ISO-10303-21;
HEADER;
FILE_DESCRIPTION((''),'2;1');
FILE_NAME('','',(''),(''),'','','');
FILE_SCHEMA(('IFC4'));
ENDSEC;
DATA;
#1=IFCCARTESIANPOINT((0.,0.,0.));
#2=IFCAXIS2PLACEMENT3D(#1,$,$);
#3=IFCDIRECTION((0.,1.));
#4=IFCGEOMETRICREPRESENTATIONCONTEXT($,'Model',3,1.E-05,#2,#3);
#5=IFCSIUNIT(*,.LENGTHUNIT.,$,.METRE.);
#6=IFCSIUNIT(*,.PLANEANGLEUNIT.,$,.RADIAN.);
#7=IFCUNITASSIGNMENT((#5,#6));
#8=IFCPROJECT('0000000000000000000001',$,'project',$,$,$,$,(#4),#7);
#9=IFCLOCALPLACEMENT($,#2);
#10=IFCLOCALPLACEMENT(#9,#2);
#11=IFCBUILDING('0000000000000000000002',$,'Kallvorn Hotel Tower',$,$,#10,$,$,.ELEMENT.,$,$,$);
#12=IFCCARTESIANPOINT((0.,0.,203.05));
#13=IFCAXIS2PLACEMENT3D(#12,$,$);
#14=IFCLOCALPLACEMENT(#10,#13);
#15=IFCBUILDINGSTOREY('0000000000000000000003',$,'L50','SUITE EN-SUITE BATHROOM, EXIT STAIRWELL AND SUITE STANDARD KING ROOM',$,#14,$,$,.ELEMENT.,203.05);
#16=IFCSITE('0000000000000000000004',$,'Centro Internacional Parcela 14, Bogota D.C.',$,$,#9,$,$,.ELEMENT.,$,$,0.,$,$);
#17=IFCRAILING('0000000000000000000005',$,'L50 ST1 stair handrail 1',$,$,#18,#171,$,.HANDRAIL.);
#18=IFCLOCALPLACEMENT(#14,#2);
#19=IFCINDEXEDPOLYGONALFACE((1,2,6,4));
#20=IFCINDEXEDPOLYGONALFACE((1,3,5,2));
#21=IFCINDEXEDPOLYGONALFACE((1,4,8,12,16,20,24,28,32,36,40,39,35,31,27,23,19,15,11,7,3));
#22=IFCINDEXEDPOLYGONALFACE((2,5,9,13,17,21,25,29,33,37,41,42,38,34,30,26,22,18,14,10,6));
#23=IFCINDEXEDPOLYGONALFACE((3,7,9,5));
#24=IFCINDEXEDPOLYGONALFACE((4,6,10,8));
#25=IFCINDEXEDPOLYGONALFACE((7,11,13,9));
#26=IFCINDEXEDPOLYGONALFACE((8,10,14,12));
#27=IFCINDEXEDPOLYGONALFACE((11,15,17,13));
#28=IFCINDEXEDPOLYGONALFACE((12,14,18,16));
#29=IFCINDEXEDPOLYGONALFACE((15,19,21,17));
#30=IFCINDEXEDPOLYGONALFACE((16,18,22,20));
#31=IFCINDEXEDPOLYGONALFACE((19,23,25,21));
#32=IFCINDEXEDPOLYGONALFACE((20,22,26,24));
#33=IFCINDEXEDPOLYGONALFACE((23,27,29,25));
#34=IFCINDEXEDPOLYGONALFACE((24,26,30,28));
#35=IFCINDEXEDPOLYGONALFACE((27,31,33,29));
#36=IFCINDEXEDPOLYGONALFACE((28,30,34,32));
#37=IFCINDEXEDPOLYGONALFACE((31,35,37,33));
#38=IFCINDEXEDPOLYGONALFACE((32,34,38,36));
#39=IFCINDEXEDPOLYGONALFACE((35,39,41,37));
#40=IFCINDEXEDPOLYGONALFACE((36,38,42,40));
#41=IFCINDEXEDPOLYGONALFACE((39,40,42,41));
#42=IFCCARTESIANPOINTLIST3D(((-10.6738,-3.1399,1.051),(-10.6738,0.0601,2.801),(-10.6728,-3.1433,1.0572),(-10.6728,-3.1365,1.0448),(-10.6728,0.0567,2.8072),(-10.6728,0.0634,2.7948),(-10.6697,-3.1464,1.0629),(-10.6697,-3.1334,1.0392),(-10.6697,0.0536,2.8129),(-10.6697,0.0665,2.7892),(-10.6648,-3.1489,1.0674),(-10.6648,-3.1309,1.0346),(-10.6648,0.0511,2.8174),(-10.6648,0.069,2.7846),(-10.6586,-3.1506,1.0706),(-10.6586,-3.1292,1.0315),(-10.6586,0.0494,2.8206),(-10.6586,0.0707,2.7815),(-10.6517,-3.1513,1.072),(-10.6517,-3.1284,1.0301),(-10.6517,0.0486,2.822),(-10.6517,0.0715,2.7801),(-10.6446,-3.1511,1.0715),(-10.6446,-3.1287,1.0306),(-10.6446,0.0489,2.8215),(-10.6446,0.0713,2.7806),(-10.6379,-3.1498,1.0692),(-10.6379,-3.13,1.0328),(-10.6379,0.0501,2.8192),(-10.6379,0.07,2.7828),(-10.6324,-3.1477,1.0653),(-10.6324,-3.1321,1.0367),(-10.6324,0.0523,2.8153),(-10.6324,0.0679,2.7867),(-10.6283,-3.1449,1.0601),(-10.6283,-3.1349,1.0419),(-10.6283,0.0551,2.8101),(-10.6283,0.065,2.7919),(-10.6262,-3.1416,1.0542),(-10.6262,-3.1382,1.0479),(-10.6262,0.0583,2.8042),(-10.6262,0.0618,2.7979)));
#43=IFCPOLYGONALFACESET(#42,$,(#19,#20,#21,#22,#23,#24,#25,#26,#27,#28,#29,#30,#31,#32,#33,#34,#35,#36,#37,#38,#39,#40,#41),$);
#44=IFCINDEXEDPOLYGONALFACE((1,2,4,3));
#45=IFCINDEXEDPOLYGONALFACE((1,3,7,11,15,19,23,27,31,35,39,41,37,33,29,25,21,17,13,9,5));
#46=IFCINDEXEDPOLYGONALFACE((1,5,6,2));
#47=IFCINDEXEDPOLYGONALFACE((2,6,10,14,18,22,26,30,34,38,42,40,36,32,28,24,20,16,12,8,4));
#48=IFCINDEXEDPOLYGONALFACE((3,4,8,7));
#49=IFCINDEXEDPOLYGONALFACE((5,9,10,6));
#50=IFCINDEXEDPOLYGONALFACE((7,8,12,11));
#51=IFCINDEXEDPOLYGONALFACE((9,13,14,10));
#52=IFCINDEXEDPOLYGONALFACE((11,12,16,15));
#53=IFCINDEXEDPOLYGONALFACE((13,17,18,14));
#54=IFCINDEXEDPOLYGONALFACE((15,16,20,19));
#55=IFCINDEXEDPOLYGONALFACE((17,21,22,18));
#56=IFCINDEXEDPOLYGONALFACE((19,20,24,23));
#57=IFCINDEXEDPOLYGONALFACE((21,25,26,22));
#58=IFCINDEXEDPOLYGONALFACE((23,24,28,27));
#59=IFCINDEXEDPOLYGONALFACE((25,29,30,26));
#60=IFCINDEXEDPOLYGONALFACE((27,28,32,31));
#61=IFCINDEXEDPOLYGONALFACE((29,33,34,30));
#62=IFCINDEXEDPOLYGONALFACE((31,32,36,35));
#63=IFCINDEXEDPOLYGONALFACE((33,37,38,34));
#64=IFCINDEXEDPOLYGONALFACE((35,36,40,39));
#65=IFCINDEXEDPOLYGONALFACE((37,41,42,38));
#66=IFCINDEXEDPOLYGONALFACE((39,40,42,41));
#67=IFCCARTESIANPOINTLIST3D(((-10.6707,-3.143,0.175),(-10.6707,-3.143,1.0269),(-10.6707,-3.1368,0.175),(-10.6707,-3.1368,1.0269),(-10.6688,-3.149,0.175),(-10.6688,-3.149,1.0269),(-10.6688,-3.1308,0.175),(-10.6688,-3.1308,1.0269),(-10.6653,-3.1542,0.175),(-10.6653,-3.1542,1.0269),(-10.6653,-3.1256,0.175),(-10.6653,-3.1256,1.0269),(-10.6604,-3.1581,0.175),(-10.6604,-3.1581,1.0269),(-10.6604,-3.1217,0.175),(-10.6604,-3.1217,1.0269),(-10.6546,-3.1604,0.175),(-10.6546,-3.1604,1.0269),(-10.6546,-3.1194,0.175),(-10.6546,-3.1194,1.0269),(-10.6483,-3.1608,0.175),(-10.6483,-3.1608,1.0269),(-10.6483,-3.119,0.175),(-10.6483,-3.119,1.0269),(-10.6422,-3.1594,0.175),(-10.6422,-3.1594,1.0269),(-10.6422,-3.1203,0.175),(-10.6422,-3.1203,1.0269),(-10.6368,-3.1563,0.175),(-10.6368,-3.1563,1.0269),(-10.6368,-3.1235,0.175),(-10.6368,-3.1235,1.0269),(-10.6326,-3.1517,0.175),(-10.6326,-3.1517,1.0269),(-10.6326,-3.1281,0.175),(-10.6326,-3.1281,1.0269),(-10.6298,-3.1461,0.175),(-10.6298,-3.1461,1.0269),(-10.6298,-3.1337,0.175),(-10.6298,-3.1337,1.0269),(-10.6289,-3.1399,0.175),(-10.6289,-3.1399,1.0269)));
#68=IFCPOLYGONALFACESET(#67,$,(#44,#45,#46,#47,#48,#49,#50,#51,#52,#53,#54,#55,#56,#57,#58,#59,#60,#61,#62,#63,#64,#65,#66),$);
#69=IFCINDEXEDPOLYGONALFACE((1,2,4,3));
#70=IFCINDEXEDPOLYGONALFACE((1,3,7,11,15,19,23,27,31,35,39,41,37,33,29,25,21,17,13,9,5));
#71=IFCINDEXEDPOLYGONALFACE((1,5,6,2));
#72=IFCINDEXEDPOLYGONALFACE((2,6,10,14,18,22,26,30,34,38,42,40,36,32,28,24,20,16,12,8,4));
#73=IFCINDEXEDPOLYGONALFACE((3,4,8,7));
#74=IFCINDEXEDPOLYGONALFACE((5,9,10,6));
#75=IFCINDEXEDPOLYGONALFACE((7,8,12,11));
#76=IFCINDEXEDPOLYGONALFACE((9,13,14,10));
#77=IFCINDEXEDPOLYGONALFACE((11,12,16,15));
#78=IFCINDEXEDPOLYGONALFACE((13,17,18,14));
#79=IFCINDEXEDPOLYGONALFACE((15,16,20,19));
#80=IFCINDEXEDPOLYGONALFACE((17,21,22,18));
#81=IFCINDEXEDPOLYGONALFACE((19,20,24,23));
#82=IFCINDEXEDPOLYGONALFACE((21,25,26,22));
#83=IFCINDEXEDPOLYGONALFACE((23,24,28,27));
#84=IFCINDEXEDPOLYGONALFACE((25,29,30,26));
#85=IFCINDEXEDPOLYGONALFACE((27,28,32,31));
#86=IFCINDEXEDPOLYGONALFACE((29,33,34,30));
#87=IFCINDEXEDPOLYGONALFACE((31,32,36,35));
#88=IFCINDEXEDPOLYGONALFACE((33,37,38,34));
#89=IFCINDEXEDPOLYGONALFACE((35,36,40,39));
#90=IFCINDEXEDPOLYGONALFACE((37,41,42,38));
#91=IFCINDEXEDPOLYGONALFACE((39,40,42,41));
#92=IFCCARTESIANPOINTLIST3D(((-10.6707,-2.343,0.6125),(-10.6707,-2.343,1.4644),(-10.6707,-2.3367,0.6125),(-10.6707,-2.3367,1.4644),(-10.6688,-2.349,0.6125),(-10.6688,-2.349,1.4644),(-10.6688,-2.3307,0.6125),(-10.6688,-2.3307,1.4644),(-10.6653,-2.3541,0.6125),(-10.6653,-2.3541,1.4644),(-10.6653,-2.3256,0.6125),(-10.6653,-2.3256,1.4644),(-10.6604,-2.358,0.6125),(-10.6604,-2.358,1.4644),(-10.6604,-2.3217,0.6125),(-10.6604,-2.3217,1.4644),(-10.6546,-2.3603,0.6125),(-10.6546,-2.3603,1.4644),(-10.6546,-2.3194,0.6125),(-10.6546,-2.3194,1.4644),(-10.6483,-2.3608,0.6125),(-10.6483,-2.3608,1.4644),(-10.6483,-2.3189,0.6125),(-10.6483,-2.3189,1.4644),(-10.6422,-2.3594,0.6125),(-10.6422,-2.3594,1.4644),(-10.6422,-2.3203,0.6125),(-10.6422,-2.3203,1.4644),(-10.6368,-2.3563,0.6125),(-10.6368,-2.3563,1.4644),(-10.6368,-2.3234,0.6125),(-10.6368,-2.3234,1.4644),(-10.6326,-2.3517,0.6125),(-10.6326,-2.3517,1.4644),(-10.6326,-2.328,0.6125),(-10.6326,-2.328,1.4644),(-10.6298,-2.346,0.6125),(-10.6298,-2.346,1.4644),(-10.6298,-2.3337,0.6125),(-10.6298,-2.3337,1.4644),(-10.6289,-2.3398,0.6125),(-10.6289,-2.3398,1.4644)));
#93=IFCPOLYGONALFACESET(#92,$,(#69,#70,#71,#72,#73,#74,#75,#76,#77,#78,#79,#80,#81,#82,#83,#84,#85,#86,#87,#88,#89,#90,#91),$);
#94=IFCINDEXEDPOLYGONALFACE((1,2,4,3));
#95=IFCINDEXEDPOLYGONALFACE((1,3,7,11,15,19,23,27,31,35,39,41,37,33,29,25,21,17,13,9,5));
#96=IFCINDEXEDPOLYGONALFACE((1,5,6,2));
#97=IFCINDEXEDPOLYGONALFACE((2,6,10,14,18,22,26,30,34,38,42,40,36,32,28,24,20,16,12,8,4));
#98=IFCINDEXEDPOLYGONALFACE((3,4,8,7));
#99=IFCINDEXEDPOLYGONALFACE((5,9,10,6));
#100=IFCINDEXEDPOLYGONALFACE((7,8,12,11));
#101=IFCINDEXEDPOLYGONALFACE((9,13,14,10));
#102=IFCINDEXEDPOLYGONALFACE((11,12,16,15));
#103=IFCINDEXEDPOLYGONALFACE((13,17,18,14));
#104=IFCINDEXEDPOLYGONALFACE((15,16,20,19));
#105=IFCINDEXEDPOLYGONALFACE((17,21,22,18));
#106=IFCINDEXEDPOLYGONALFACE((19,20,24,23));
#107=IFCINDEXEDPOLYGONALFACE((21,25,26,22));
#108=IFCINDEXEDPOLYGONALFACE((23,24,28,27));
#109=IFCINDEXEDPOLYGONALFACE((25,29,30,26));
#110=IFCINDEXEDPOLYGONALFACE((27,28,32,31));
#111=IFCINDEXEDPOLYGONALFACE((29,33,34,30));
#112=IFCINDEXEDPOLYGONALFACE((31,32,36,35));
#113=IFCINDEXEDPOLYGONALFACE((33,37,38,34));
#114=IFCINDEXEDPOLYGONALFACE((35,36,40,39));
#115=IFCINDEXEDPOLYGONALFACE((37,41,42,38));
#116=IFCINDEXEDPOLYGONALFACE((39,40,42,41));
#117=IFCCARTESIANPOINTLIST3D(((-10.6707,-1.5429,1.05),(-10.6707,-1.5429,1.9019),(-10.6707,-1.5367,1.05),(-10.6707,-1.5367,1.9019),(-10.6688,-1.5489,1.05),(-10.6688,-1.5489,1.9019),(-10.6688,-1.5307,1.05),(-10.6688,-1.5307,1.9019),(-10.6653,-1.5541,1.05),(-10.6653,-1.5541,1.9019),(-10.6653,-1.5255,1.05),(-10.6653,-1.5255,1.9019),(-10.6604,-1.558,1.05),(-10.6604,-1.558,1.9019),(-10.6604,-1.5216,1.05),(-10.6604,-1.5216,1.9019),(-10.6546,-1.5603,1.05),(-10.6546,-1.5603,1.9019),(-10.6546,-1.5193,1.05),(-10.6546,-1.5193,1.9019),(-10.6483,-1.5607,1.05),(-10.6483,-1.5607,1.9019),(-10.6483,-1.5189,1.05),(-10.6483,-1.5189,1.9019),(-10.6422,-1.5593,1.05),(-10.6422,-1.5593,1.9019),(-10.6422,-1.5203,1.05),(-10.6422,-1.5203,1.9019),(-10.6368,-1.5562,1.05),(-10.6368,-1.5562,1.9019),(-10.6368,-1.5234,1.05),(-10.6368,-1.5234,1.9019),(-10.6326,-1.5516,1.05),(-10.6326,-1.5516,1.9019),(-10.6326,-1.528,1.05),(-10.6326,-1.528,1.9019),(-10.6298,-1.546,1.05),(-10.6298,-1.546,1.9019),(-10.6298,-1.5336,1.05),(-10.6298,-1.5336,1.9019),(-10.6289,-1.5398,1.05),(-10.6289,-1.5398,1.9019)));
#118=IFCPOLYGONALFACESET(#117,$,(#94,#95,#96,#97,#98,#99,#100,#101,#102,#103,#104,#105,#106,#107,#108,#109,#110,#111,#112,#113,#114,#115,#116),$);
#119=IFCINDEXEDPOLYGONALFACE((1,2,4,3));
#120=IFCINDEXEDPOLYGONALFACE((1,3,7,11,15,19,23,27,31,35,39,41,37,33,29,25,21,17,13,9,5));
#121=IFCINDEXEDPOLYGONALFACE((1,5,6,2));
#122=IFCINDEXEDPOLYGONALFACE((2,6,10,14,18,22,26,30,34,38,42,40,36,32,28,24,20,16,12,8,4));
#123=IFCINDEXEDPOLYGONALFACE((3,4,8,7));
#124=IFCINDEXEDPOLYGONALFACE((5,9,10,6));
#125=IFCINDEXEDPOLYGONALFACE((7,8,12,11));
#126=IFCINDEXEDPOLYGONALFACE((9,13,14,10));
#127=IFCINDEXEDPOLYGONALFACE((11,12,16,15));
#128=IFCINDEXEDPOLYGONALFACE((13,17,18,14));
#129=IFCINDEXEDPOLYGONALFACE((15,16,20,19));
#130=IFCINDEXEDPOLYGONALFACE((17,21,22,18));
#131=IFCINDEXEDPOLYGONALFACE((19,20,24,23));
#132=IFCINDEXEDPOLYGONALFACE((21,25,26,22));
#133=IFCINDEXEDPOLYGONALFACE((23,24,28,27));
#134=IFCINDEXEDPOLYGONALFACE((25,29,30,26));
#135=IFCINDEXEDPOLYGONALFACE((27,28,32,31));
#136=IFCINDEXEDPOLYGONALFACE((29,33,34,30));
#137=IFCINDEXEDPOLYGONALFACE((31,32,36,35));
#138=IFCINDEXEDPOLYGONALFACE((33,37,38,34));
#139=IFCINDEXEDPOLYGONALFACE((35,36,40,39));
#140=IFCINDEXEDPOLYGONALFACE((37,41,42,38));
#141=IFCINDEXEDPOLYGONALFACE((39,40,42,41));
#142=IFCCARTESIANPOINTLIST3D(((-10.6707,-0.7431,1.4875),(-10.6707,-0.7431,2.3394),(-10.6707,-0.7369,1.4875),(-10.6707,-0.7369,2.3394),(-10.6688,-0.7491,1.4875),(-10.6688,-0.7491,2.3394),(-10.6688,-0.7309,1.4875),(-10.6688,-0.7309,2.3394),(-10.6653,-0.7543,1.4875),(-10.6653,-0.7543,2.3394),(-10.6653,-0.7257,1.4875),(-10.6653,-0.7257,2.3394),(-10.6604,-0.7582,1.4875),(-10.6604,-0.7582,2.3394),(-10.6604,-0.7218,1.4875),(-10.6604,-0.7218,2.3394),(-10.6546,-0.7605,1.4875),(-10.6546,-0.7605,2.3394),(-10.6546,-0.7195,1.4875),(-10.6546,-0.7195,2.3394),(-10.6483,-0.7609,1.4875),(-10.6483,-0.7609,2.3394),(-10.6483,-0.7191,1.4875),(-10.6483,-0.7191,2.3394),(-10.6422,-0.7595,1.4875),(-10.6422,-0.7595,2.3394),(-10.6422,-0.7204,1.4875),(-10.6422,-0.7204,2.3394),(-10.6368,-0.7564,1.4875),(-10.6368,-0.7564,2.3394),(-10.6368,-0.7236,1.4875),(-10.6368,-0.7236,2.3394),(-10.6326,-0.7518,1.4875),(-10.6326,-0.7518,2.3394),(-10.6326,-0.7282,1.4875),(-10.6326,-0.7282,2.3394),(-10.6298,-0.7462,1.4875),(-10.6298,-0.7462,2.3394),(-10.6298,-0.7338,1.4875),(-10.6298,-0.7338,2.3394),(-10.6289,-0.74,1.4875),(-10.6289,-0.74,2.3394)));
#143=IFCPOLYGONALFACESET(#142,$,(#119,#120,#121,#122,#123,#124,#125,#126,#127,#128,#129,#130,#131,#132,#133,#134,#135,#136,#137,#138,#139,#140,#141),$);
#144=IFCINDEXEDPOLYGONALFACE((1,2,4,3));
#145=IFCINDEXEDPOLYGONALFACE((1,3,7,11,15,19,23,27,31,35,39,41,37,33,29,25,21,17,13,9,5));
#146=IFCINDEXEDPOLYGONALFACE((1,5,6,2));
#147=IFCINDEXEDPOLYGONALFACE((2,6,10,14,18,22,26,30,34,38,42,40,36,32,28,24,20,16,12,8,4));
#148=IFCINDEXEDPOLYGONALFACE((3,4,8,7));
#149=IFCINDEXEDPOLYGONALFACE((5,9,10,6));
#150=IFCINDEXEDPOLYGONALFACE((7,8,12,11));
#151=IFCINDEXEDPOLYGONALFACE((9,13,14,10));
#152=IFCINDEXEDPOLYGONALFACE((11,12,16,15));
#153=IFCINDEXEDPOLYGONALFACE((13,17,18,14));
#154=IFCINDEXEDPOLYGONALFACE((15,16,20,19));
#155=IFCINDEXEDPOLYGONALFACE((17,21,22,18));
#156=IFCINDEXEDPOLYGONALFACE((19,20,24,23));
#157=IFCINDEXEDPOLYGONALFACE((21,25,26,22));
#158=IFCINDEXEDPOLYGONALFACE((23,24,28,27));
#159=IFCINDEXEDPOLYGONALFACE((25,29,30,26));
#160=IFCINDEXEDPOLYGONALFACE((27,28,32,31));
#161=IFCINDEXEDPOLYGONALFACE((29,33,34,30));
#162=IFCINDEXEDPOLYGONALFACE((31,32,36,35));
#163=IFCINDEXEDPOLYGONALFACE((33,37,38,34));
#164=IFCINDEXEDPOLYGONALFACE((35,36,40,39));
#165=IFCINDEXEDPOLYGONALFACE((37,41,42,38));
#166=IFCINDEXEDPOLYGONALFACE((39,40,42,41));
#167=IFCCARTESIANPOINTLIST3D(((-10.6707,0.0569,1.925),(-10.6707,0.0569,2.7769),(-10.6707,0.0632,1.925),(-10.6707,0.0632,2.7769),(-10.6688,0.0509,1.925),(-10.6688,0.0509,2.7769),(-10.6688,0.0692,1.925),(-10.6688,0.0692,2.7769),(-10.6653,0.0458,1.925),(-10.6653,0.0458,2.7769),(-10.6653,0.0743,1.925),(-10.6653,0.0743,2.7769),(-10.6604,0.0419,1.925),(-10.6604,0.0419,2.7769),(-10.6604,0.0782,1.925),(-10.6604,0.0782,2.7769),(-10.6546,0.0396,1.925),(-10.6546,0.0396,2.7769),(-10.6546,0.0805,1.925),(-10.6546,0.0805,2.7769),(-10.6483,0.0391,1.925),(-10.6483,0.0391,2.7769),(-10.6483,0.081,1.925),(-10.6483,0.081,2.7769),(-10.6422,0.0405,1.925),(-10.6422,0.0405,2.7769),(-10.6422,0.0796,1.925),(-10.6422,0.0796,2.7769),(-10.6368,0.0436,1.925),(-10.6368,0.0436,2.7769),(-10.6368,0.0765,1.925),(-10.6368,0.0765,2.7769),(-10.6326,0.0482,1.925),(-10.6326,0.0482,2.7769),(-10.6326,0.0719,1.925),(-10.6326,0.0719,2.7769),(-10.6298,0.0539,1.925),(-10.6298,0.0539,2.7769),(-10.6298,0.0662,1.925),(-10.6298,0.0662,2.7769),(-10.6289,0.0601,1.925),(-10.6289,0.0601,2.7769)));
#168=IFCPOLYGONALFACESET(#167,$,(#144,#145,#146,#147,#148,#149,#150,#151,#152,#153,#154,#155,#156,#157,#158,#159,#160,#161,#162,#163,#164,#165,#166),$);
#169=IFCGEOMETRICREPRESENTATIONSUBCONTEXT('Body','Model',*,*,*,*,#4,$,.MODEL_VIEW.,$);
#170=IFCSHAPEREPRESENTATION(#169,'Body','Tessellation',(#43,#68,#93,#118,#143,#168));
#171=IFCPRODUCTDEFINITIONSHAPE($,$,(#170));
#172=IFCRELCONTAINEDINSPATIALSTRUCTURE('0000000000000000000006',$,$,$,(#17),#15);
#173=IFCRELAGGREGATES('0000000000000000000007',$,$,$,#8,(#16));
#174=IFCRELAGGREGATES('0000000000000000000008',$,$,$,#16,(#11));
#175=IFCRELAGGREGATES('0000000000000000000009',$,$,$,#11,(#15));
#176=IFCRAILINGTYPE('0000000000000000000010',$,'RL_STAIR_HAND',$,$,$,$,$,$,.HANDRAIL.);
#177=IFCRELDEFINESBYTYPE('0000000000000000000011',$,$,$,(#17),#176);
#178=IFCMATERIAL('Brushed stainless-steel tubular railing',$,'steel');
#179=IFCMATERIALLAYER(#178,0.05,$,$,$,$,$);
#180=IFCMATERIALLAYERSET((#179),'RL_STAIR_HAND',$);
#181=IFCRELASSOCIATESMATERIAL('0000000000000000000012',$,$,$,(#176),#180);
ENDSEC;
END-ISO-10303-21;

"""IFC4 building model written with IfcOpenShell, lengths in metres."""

from ifc_helpers import new_model, si_unit, direction, frame, origin, origin_2d, place, context, subcontext, project, spatial, circle, extrude, material, layer, layer_set, type_object, element, save


model = new_model("IFC4")

# Units and contexts
model_context = context("Model", 3, precision=1e-05, world=origin(), true_north=direction((0.0, 1.0)))
body_context = subcontext(model_context, "Body", "Model", "MODEL_VIEW")
ifc_project = project(units=[si_unit("LENGTHUNIT", "METRE"), si_unit("PLANEANGLEUNIT", "RADIAN")], contexts=[model_context])

# Site, building, storey
site_placement = place(None, origin())
site = spatial("IfcSite", under=ifc_project, at=site_placement, Name="Centro Internacional Parcela 14, Bogota D.C.", CompositionType="ELEMENT", RefElevation=0.0)
building_placement = place(site_placement, origin())
building = spatial("IfcBuilding", under=site, at=building_placement, Name="Kallvorn Hotel Tower", CompositionType="ELEMENT")
storey_placement = place(building_placement, frame((0.0, 0.0, 203.05)))
storey = spatial("IfcBuildingStorey", under=building, at=storey_placement, Name="L50", Description="SUITE EN-SUITE BATHROOM, EXIT STAIRWELL AND SUITE STANDARD KING ROOM", CompositionType="ELEMENT", Elevation=203.05)

# Railing
ifc_material_1 = material(Name="Brushed stainless-steel tubular railing", Category="steel")
ifc_layer_1 = layer(ifc_material_1, 0.05)
ifc_layer_set_1 = layer_set([ifc_layer_1], Name="RL_STAIR_HAND")
railing_type_1 = type_object("IfcRailingType", Name="RL_STAIR_HAND", PredefinedType="HANDRAIL", material=ifc_layer_set_1)
railing_1_placement = place(storey_placement, frame((-10.6499, -3.1399, 0.175)))
element("IfcRailing", 1, at=railing_1_placement, inside=storey, type_object=railing_type_1, Name="L50 ST1 stair handrail 1", PredefinedType="HANDRAIL", context=body_context, shape_type="SweptSolid", body=[
    extrude(circle(Radius=0.0239, at=origin_2d()), frame((0.0, 0.0, 0.876), z_axis=(0.0, 0.877368, 0.479818), x_axis=(-1.0, 0.0, 0.0)), (0.0, 0.0, 1.0), 3.6472),
    extrude(circle(Radius=0.021, at=origin_2d()), origin(), (0.0, 0.0, 1.0), 0.8518),
    extrude(circle(Radius=0.021, at=origin_2d()), frame((0.0, 0.8, 0.4375)), (0.0, 0.0, 1.0), 0.8518),
    extrude(circle(Radius=0.021, at=origin_2d()), frame((0.0, 1.6001, 0.875)), (0.0, 0.0, 1.0), 0.8518),
    extrude(circle(Radius=0.021, at=origin_2d()), frame((0.0, 2.3999, 1.3125)), (0.0, 0.0, 1.0), 0.8518),
    extrude(circle(Radius=0.021, at=origin_2d()), frame((0.0, 3.2, 1.75)), (0.0, 0.0, 1.0), 0.8518),
])

save(model, "model.ifc")
